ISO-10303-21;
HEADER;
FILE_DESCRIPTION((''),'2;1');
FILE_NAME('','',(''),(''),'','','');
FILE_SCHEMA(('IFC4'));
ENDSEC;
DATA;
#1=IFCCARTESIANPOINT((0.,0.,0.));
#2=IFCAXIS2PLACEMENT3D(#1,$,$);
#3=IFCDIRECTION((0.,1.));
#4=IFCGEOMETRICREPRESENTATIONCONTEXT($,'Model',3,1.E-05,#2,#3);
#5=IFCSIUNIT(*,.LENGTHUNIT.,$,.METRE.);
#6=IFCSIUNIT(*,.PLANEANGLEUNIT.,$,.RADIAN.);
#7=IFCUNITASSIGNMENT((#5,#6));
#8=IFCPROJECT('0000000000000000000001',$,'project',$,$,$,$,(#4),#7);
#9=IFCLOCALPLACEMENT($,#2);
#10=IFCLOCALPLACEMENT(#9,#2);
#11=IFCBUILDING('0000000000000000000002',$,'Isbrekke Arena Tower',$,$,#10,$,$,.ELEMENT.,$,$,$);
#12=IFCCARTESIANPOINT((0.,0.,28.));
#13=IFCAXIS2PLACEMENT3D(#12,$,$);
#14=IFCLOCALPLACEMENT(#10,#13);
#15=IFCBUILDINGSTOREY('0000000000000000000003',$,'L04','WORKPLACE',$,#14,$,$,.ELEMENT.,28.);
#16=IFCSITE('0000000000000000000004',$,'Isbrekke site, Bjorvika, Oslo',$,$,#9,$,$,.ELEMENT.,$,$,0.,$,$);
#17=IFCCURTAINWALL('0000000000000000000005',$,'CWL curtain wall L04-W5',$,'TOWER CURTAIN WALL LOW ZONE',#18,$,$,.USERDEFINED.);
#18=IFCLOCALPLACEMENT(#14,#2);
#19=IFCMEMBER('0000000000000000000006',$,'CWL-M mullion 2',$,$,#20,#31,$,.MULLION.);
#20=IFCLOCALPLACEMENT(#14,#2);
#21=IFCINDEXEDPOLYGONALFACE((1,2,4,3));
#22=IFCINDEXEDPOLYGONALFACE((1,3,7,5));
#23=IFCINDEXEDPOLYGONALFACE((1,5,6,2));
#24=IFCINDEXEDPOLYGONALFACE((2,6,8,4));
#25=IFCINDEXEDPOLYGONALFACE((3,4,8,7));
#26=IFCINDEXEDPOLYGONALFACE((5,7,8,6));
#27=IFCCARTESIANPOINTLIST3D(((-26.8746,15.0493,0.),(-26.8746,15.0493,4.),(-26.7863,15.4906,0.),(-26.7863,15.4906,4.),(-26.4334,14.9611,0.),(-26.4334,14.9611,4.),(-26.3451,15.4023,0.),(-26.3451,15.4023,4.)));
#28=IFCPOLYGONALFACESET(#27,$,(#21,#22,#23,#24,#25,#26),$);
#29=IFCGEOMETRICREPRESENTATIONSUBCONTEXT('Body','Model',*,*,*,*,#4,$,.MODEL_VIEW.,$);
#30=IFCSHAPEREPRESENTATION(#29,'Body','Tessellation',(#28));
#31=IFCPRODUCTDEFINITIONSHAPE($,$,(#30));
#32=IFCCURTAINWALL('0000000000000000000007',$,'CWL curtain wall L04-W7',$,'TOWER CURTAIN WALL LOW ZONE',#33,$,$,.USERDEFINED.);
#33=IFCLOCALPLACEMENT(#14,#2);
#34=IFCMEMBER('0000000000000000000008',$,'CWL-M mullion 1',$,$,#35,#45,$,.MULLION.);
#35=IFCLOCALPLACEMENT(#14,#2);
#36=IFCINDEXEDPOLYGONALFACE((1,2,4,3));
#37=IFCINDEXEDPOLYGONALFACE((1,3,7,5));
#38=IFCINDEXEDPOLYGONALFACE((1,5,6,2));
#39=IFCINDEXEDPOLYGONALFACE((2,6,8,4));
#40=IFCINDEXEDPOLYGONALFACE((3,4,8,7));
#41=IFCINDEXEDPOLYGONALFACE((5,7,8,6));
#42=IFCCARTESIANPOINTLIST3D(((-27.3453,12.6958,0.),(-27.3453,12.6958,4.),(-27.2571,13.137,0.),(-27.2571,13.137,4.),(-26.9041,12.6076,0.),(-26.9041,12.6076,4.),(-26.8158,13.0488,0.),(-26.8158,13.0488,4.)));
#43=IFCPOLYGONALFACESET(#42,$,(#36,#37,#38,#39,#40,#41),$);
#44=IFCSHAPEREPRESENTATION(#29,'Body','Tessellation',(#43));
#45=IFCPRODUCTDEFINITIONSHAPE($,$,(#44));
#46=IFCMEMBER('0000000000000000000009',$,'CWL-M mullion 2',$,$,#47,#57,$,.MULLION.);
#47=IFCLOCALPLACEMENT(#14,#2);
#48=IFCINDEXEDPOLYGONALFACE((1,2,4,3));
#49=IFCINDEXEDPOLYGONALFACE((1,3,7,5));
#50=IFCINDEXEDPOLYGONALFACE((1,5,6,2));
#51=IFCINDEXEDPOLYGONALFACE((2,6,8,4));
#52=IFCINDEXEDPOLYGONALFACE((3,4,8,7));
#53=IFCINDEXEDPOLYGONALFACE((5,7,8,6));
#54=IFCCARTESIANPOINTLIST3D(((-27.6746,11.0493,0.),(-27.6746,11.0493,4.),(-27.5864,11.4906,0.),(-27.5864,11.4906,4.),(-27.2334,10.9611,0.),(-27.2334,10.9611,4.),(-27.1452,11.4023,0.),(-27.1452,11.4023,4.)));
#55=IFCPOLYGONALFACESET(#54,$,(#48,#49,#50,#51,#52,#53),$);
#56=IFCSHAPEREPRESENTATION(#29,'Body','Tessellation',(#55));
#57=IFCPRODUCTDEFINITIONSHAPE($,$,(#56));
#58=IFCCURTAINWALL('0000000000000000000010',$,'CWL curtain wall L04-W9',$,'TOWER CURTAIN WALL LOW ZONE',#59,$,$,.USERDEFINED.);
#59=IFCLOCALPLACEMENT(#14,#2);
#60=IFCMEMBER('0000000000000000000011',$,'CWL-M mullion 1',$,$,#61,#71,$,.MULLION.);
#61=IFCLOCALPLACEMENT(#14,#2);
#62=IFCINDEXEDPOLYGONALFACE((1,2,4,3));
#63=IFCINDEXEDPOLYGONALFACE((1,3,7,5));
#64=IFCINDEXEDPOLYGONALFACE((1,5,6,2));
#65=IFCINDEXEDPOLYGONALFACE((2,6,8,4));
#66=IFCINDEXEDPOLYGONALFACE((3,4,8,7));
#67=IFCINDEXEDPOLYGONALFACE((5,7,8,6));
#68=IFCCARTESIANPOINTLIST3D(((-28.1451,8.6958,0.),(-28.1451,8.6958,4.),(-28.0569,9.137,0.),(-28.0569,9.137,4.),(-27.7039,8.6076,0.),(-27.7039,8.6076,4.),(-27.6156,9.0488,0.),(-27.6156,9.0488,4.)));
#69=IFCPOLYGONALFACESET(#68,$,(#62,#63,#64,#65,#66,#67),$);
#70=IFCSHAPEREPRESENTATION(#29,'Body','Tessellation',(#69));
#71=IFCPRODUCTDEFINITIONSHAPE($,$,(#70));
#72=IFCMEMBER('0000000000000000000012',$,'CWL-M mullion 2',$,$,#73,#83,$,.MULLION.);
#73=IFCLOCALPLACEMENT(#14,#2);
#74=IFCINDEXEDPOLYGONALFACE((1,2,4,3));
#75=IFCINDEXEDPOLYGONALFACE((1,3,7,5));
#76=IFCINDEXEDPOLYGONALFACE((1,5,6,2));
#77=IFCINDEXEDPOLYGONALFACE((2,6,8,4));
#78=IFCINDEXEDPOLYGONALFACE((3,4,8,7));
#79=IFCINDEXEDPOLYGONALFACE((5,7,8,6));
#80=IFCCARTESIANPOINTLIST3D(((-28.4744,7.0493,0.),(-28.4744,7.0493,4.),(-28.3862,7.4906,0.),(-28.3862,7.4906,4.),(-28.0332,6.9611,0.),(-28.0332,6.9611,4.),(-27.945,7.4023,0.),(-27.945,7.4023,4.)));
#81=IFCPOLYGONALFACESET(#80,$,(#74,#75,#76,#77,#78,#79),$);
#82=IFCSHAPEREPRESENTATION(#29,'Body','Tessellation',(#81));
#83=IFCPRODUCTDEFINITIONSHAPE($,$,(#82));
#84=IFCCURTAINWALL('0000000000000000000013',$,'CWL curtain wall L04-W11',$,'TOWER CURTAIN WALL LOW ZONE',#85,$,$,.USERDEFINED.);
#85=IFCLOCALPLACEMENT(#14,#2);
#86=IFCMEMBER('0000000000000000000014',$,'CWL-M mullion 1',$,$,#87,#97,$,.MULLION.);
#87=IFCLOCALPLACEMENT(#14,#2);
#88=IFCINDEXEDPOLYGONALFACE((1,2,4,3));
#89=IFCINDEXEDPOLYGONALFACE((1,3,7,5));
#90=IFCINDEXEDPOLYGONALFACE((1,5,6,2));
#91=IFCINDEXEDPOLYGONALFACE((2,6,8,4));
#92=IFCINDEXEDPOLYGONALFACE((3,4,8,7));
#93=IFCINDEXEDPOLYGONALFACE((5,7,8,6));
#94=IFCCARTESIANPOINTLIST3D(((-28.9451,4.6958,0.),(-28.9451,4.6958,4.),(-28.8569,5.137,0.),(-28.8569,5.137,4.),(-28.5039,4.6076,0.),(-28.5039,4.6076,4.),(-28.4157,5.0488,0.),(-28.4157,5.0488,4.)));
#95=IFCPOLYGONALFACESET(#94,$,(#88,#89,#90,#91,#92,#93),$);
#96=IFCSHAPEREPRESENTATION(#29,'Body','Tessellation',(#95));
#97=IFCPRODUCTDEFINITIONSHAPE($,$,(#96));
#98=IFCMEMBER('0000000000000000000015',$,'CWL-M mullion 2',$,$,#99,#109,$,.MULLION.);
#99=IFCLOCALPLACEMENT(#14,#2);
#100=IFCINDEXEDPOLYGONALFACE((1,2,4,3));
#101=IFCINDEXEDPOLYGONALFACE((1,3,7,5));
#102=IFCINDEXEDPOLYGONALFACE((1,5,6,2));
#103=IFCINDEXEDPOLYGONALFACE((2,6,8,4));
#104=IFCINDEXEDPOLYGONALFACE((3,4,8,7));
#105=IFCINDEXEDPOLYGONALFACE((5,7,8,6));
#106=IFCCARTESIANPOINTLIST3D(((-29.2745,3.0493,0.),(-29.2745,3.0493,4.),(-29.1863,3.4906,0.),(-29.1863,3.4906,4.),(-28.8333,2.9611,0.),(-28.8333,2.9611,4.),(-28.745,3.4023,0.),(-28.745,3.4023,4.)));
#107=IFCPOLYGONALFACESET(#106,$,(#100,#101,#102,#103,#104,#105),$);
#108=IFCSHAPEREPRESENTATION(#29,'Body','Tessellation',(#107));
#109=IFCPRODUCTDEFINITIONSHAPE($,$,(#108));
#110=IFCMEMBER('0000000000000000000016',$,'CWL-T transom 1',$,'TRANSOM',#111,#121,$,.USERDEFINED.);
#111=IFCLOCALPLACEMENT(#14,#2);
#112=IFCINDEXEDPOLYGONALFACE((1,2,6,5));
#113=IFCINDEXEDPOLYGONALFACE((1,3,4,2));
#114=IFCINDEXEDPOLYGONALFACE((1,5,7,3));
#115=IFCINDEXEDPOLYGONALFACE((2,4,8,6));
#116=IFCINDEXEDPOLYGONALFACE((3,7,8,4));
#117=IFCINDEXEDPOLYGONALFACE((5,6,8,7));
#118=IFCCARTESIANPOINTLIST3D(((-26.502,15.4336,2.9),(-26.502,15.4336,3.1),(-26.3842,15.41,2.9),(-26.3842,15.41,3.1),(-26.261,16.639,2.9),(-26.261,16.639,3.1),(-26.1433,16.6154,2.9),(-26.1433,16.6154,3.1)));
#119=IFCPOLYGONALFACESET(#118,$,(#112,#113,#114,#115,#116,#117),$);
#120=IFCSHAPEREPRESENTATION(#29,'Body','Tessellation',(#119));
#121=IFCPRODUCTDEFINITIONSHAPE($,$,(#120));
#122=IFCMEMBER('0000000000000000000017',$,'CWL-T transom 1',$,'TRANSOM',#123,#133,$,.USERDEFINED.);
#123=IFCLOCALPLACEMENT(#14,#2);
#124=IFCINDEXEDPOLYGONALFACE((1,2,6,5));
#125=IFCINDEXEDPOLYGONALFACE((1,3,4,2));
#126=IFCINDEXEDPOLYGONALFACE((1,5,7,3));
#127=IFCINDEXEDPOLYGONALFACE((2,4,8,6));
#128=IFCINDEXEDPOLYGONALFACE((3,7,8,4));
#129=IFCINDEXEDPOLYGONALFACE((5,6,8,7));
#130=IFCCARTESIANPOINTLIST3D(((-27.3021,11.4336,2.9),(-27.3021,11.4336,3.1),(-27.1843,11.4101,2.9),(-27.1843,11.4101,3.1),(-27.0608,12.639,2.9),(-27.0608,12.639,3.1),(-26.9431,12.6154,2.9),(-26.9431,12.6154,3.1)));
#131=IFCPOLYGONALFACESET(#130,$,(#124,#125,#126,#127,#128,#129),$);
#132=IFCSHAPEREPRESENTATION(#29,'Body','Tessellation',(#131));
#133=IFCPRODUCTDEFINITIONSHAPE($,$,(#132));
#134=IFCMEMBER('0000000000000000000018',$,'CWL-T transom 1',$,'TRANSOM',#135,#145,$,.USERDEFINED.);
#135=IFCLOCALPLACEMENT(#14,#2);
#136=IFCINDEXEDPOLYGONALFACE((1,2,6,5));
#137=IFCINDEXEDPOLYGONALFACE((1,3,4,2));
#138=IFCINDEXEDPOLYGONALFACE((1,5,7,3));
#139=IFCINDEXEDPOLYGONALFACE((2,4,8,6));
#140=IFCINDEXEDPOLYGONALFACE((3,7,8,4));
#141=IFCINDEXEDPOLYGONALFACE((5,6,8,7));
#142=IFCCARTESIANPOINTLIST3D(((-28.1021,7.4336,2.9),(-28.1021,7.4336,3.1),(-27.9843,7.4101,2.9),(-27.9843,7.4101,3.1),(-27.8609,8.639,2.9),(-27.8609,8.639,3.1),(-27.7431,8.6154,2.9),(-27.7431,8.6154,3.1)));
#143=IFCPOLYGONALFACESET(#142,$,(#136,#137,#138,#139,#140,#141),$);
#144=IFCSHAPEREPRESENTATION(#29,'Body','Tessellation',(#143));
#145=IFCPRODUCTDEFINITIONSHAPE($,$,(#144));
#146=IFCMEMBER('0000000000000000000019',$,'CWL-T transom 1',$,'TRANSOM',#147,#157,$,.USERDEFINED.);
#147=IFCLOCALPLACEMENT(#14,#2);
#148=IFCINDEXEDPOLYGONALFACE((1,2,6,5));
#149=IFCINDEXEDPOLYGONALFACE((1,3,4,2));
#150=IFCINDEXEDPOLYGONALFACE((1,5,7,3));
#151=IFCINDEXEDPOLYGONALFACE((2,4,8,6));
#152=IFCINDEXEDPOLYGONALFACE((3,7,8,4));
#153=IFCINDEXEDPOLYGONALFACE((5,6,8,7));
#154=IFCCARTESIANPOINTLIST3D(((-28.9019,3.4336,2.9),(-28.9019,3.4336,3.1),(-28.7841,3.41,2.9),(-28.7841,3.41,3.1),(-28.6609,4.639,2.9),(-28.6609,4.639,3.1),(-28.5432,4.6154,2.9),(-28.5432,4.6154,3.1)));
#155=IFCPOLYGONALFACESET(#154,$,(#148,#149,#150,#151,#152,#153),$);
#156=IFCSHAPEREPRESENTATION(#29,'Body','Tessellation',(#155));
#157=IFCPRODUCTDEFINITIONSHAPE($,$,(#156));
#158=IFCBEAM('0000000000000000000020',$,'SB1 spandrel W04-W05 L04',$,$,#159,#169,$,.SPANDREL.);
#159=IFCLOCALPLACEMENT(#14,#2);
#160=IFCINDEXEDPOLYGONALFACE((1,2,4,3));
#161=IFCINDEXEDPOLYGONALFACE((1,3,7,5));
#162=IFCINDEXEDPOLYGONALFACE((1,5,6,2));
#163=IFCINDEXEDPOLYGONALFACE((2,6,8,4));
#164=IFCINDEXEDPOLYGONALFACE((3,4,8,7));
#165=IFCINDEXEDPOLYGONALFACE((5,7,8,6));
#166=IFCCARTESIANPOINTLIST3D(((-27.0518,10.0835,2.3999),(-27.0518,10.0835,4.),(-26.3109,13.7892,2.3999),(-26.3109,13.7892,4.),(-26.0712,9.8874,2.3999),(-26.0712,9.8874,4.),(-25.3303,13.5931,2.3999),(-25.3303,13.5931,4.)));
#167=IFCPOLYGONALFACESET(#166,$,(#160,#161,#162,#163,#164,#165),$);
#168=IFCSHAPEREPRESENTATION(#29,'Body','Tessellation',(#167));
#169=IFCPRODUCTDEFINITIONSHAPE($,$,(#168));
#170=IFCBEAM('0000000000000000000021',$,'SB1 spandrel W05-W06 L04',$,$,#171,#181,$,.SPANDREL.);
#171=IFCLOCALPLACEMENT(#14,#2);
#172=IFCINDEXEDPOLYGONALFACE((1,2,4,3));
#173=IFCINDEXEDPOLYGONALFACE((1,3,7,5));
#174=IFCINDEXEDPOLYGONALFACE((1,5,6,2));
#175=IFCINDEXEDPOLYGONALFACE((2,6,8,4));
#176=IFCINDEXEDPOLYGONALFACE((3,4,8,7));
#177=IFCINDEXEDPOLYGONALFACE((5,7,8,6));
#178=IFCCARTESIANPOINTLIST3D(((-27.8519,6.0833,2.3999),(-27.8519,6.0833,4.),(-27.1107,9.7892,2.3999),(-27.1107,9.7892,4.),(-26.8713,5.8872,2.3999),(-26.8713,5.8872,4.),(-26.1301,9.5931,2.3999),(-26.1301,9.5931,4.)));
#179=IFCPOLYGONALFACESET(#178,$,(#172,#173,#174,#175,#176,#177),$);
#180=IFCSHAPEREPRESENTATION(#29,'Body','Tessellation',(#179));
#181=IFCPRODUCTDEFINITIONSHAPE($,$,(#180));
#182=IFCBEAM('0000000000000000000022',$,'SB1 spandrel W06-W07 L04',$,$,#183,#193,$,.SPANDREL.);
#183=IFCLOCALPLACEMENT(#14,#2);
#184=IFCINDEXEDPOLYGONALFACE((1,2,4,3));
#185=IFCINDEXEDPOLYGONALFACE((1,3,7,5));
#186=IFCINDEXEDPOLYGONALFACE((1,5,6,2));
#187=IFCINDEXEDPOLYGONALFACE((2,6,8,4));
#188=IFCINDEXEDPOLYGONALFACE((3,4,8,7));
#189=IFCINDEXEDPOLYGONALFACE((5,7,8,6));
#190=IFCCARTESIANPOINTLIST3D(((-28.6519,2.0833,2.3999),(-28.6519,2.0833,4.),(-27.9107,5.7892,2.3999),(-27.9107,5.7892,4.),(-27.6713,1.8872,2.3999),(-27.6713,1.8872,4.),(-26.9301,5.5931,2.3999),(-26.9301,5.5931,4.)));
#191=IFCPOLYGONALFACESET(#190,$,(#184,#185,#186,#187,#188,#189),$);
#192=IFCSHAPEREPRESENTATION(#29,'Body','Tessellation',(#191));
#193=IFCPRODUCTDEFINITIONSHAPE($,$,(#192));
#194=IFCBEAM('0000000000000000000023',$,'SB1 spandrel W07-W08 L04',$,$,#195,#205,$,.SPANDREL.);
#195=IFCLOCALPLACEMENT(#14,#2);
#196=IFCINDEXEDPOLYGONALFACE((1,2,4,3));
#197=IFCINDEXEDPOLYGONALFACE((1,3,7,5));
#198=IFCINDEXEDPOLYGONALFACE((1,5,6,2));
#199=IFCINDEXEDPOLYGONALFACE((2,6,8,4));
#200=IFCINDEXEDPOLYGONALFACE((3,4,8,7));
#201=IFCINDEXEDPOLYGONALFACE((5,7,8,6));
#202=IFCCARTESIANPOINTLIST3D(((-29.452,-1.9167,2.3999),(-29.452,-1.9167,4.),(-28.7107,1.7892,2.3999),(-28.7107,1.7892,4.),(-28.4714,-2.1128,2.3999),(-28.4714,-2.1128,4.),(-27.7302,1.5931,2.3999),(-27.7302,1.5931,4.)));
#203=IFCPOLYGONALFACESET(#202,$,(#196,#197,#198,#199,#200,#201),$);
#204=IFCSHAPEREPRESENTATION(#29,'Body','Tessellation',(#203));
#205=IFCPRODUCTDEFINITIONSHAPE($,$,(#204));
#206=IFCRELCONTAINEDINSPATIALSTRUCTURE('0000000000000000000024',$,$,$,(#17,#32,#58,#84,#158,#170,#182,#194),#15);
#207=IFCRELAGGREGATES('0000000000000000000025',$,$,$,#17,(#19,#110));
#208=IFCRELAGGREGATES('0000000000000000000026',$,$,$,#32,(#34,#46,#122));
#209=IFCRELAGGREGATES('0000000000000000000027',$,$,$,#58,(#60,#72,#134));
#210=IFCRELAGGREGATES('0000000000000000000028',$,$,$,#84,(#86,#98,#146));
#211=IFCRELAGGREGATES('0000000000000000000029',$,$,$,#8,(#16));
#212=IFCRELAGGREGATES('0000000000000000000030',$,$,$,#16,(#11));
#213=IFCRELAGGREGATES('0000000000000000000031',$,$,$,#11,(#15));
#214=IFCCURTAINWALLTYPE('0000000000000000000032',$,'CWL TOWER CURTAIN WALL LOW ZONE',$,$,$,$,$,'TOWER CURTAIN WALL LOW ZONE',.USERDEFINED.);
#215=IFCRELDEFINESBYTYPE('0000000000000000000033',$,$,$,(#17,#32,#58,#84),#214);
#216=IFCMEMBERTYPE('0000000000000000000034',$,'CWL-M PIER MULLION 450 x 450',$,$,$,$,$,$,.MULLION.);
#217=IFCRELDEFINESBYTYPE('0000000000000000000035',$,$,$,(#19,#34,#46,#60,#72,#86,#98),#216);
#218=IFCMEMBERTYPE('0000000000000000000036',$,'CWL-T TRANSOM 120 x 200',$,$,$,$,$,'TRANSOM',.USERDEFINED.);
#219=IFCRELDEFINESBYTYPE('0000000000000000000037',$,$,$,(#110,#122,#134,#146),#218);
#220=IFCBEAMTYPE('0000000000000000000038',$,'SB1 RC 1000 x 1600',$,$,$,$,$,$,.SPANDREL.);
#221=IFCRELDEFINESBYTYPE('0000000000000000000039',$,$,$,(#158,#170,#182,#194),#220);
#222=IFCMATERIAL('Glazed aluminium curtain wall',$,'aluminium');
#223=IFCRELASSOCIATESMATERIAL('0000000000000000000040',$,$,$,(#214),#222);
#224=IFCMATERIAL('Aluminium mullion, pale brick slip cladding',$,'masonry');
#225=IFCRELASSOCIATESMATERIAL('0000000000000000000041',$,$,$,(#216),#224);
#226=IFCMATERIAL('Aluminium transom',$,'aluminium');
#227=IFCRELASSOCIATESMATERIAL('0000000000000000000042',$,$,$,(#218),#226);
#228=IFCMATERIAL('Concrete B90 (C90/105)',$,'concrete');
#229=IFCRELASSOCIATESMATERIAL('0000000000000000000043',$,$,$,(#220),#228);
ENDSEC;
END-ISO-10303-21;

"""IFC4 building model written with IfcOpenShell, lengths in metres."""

from ifc_helpers import new_model, si_unit, direction, frame, origin, origin_2d, place, context, subcontext, project, spatial, rectangle, extrude, material, material_profile, profile_set, type_object, element, aggregate, save


model = new_model("IFC4")

# Units and contexts
model_context = context("Model", 3, precision=1e-05, world=origin(), true_north=direction((0.0, 1.0)))
body_context = subcontext(model_context, "Body", "Model", "MODEL_VIEW")
ifc_project = project(units=[si_unit("LENGTHUNIT", "METRE"), si_unit("PLANEANGLEUNIT", "RADIAN")], contexts=[model_context])

# Site, building, storey
site_placement = place(None, origin())
site = spatial("IfcSite", under=ifc_project, at=site_placement, Name="Isbrekke site, Bjorvika, Oslo", CompositionType="ELEMENT", RefElevation=0.0)
building_placement = place(site_placement, origin())
building = spatial("IfcBuilding", under=site, at=building_placement, Name="Isbrekke Arena Tower", CompositionType="ELEMENT")
storey_placement = place(building_placement, frame((0.0, 0.0, 28.0)))
storey = spatial("IfcBuildingStorey", under=building, at=storey_placement, Name="L04", Description="WORKPLACE", CompositionType="ELEMENT", Elevation=28.0)

# Curtain wall, member
ifc_material_1 = material(Name="Glazed aluminium curtain wall", Category="aluminium")
curtain_wall_type = type_object("IfcCurtainWallType", Name="CWL TOWER CURTAIN WALL LOW ZONE", ElementType="TOWER CURTAIN WALL LOW ZONE", PredefinedType="USERDEFINED", material=ifc_material_1)
curtain_wall_1_placement = place(storey_placement, origin())
curtain_wall_1 = element("IfcCurtainWall", 1, at=curtain_wall_1_placement, inside=storey, type_object=curtain_wall_type, Name="CWL curtain wall L04-W5", ObjectType="TOWER CURTAIN WALL LOW ZONE", PredefinedType="USERDEFINED")
ifc_material_2 = material(Name="Aluminium mullion, pale brick slip cladding", Category="masonry")
ifc_material_profile_1 = material_profile(ifc_material_2, rectangle(XDim=0.45, YDim=0.45, at=origin_2d()), Name="PIER 450X450")
ifc_profile_set_1 = profile_set([ifc_material_profile_1], Name="Aluminium mullion, pale brick slip cladding")
member_type_1 = type_object("IfcMemberType", Name="CWL-M PIER MULLION 450 x 450", PredefinedType="MULLION", material=ifc_profile_set_1)
member_1_placement = place(storey_placement, frame((-26.6099, 15.2258, 0.0), z_axis=(0.0, 0.0, 1.0), x_axis=(-0.196116, -0.980581, 0.0)))
member_1 = element("IfcMember", 2, at=member_1_placement, type_object=member_type_1, Name="CWL-M mullion 2", PredefinedType="MULLION", context=body_context, shape_type="SweptSolid", body=[
    extrude(rectangle(XDim=0.45, YDim=0.45, at=origin_2d()), origin(), (0.0, 0.0, 1.0), 4.0),
])

# Curtain walls, members
curtain_wall_2_placement = place(storey_placement, origin())
curtain_wall_2 = element("IfcCurtainWall", 3, at=curtain_wall_2_placement, inside=storey, type_object=curtain_wall_type, Name="CWL curtain wall L04-W7", ObjectType="TOWER CURTAIN WALL LOW ZONE", PredefinedType="USERDEFINED")
member_2_placement = place(storey_placement, frame((-27.0806, 12.8723, 0.0), z_axis=(0.0, 0.0, 1.0), x_axis=(-0.196116, -0.980581, 0.0)))
member_2 = element("IfcMember", 4, at=member_2_placement, type_object=member_type_1, Name="CWL-M mullion 1", PredefinedType="MULLION", context=body_context, shape_type="SweptSolid", body=[
    extrude(rectangle(XDim=0.45, YDim=0.45, at=origin_2d()), origin(), (0.0, 0.0, 1.0), 4.0),
])
member_3_placement = place(storey_placement, frame((-27.4099, 11.2258, 0.0), z_axis=(0.0, 0.0, 1.0), x_axis=(-0.196116, -0.980581, 0.0)))
member_3 = element("IfcMember", 5, at=member_3_placement, type_object=member_type_1, Name="CWL-M mullion 2", PredefinedType="MULLION", context=body_context, shape_type="SweptSolid", body=[
    extrude(rectangle(XDim=0.45, YDim=0.45, at=origin_2d()), origin(), (0.0, 0.0, 1.0), 4.0),
])
curtain_wall_3_placement = place(storey_placement, origin())
curtain_wall_3 = element("IfcCurtainWall", 6, at=curtain_wall_3_placement, inside=storey, type_object=curtain_wall_type, Name="CWL curtain wall L04-W9", ObjectType="TOWER CURTAIN WALL LOW ZONE", PredefinedType="USERDEFINED")
member_4_placement = place(storey_placement, frame((-27.8804, 8.8723, 0.0), z_axis=(0.0, 0.0, 1.0), x_axis=(-0.196116, -0.980581, 0.0)))
member_4 = element("IfcMember", 7, at=member_4_placement, type_object=member_type_1, Name="CWL-M mullion 1", PredefinedType="MULLION", context=body_context, shape_type="SweptSolid", body=[
    extrude(rectangle(XDim=0.45, YDim=0.45, at=origin_2d()), origin(), (0.0, 0.0, 1.0), 4.0),
])
member_5_placement = place(storey_placement, frame((-28.2097, 7.2258, 0.0), z_axis=(0.0, 0.0, 1.0), x_axis=(-0.196116, -0.980581, 0.0)))
member_5 = element("IfcMember", 8, at=member_5_placement, type_object=member_type_1, Name="CWL-M mullion 2", PredefinedType="MULLION", context=body_context, shape_type="SweptSolid", body=[
    extrude(rectangle(XDim=0.45, YDim=0.45, at=origin_2d()), origin(), (0.0, 0.0, 1.0), 4.0),
])
curtain_wall_4_placement = place(storey_placement, origin())
curtain_wall_4 = element("IfcCurtainWall", 9, at=curtain_wall_4_placement, inside=storey, type_object=curtain_wall_type, Name="CWL curtain wall L04-W11", ObjectType="TOWER CURTAIN WALL LOW ZONE", PredefinedType="USERDEFINED")
member_6_placement = place(storey_placement, frame((-28.6804, 4.8723, 0.0), z_axis=(0.0, 0.0, 1.0), x_axis=(-0.196116, -0.980581, 0.0)))
member_6 = element("IfcMember", 10, at=member_6_placement, type_object=member_type_1, Name="CWL-M mullion 1", PredefinedType="MULLION", context=body_context, shape_type="SweptSolid", body=[
    extrude(rectangle(XDim=0.45, YDim=0.45, at=origin_2d()), origin(), (0.0, 0.0, 1.0), 4.0),
])
member_7_placement = place(storey_placement, frame((-29.0098, 3.2258, 0.0), z_axis=(0.0, 0.0, 1.0), x_axis=(-0.196116, -0.980581, 0.0)))
member_7 = element("IfcMember", 11, at=member_7_placement, type_object=member_type_1, Name="CWL-M mullion 2", PredefinedType="MULLION", context=body_context, shape_type="SweptSolid", body=[
    extrude(rectangle(XDim=0.45, YDim=0.45, at=origin_2d()), origin(), (0.0, 0.0, 1.0), 4.0),
])

# Members
ifc_material_3 = material(Name="Aluminium transom", Category="aluminium")
ifc_material_profile_2 = material_profile(ifc_material_3, rectangle(XDim=0.1201, YDim=0.2, at=origin_2d()), Name="TRANSOM 120X200")
ifc_profile_set_2 = profile_set([ifc_material_profile_2], Name="Aluminium transom")
member_type_2 = type_object("IfcMemberType", Name="CWL-T TRANSOM 120 x 200", ElementType="TRANSOM", PredefinedType="USERDEFINED", material=ifc_profile_set_2)
member_8_placement = place(storey_placement, frame((-26.2021, 16.6272, 3.0), z_axis=(-0.19604, -0.980596, 0.0), x_axis=(0.980596, -0.19604, 0.0)))
member_8 = element("IfcMember", 12, at=member_8_placement, type_object=member_type_2, Name="CWL-T transom 1", ObjectType="TRANSOM", PredefinedType="USERDEFINED", context=body_context, shape_type="SweptSolid", body=[
    extrude(rectangle(XDim=0.1201, YDim=0.2, at=origin_2d()), origin(), (0.0, 0.0, 1.0), 1.2292),
])
member_9_placement = place(storey_placement, frame((-27.002, 12.6272, 3.0), z_axis=(-0.196231, -0.980558, 0.0), x_axis=(0.980558, -0.196231, 0.0)))
member_9 = element("IfcMember", 13, at=member_9_placement, type_object=member_type_2, Name="CWL-T transom 1", ObjectType="TRANSOM", PredefinedType="USERDEFINED", context=body_context, shape_type="SweptSolid", body=[
    extrude(rectangle(XDim=0.1201, YDim=0.2, at=origin_2d()), origin(), (0.0, 0.0, 1.0), 1.2292),
])
member_10_placement = place(storey_placement, frame((-27.802, 8.6272, 3.0), z_axis=(-0.196231, -0.980558, 0.0), x_axis=(0.980558, -0.196231, 0.0)))
member_10 = element("IfcMember", 14, at=member_10_placement, type_object=member_type_2, Name="CWL-T transom 1", ObjectType="TRANSOM", PredefinedType="USERDEFINED", context=body_context, shape_type="SweptSolid", body=[
    extrude(rectangle(XDim=0.1201, YDim=0.2, at=origin_2d()), origin(), (0.0, 0.0, 1.0), 1.2292),
])
member_11_placement = place(storey_placement, frame((-28.6021, 4.6272, 3.0), z_axis=(-0.19604, -0.980596, 0.0), x_axis=(0.980596, -0.19604, 0.0)))
member_11 = element("IfcMember", 15, at=member_11_placement, type_object=member_type_2, Name="CWL-T transom 1", ObjectType="TRANSOM", PredefinedType="USERDEFINED", context=body_context, shape_type="SweptSolid", body=[
    extrude(rectangle(XDim=0.1201, YDim=0.2, at=origin_2d()), origin(), (0.0, 0.0, 1.0), 1.2292),
])

# Beams
ifc_material_4 = material(Name="Concrete B90 (C90/105)", Category="concrete")
ifc_material_profile_3 = material_profile(ifc_material_4, rectangle(XDim=1.0, YDim=1.6001, at=origin_2d()), Name="RC 1000x1600")
ifc_profile_set_3 = profile_set([ifc_material_profile_3], Name="Concrete B90 (C90/105)")
beam_type_1 = type_object("IfcBeamType", Name="SB1 RC 1000 x 1600", PredefinedType="SPANDREL", material=ifc_profile_set_3)
beam_1_placement = place(storey_placement, frame((-25.8206, 13.6912, 3.2), z_axis=(-0.196066, -0.980591, 0.0), x_axis=(0.980591, -0.196066, 0.0)))
element("IfcBeam", 16, at=beam_1_placement, inside=storey, type_object=beam_type_1, Name="SB1 spandrel W04-W05 L04", PredefinedType="SPANDREL", context=body_context, shape_type="SweptSolid", body=[
    extrude(rectangle(XDim=1.0, YDim=1.6001, at=origin_2d()), origin(), (0.0, 0.0, 1.0), 3.7791),
])
for number, where, z_axis, x_axis, name in (
    (17, (-26.6204, 9.6912, 3.2), (-0.196129, -0.980578, 0.0), (0.980578, -0.196129, 0.0), "SB1 spandrel W05-W06 L04"),
    (18, (-27.4204, 5.6912, 3.2), (-0.196129, -0.980578, 0.0), (0.980578, -0.196129, 0.0), "SB1 spandrel W06-W07 L04"),
    (19, (-28.2205, 1.6912, 3.2), (-0.196129, -0.980578, 0.0), (0.980578, -0.196129, 0.0), "SB1 spandrel W07-W08 L04"),
):
    element("IfcBeam", number, at=place(storey_placement, frame(where, z_axis=z_axis, x_axis=x_axis)), inside=storey, type_object=beam_type_1, Name=name, PredefinedType="SPANDREL", context=body_context, shape_type="SweptSolid", body=[
        extrude(rectangle(XDim=1.0, YDim=1.6001, at=origin_2d()), origin(), (0.0, 0.0, 1.0), 3.7793),
    ])

aggregate(curtain_wall_1, [member_1, member_8])
aggregate(curtain_wall_2, [member_2, member_3, member_9])
aggregate(curtain_wall_3, [member_4, member_5, member_10])
aggregate(curtain_wall_4, [member_6, member_7, member_11])

save(model, "model.ifc")
